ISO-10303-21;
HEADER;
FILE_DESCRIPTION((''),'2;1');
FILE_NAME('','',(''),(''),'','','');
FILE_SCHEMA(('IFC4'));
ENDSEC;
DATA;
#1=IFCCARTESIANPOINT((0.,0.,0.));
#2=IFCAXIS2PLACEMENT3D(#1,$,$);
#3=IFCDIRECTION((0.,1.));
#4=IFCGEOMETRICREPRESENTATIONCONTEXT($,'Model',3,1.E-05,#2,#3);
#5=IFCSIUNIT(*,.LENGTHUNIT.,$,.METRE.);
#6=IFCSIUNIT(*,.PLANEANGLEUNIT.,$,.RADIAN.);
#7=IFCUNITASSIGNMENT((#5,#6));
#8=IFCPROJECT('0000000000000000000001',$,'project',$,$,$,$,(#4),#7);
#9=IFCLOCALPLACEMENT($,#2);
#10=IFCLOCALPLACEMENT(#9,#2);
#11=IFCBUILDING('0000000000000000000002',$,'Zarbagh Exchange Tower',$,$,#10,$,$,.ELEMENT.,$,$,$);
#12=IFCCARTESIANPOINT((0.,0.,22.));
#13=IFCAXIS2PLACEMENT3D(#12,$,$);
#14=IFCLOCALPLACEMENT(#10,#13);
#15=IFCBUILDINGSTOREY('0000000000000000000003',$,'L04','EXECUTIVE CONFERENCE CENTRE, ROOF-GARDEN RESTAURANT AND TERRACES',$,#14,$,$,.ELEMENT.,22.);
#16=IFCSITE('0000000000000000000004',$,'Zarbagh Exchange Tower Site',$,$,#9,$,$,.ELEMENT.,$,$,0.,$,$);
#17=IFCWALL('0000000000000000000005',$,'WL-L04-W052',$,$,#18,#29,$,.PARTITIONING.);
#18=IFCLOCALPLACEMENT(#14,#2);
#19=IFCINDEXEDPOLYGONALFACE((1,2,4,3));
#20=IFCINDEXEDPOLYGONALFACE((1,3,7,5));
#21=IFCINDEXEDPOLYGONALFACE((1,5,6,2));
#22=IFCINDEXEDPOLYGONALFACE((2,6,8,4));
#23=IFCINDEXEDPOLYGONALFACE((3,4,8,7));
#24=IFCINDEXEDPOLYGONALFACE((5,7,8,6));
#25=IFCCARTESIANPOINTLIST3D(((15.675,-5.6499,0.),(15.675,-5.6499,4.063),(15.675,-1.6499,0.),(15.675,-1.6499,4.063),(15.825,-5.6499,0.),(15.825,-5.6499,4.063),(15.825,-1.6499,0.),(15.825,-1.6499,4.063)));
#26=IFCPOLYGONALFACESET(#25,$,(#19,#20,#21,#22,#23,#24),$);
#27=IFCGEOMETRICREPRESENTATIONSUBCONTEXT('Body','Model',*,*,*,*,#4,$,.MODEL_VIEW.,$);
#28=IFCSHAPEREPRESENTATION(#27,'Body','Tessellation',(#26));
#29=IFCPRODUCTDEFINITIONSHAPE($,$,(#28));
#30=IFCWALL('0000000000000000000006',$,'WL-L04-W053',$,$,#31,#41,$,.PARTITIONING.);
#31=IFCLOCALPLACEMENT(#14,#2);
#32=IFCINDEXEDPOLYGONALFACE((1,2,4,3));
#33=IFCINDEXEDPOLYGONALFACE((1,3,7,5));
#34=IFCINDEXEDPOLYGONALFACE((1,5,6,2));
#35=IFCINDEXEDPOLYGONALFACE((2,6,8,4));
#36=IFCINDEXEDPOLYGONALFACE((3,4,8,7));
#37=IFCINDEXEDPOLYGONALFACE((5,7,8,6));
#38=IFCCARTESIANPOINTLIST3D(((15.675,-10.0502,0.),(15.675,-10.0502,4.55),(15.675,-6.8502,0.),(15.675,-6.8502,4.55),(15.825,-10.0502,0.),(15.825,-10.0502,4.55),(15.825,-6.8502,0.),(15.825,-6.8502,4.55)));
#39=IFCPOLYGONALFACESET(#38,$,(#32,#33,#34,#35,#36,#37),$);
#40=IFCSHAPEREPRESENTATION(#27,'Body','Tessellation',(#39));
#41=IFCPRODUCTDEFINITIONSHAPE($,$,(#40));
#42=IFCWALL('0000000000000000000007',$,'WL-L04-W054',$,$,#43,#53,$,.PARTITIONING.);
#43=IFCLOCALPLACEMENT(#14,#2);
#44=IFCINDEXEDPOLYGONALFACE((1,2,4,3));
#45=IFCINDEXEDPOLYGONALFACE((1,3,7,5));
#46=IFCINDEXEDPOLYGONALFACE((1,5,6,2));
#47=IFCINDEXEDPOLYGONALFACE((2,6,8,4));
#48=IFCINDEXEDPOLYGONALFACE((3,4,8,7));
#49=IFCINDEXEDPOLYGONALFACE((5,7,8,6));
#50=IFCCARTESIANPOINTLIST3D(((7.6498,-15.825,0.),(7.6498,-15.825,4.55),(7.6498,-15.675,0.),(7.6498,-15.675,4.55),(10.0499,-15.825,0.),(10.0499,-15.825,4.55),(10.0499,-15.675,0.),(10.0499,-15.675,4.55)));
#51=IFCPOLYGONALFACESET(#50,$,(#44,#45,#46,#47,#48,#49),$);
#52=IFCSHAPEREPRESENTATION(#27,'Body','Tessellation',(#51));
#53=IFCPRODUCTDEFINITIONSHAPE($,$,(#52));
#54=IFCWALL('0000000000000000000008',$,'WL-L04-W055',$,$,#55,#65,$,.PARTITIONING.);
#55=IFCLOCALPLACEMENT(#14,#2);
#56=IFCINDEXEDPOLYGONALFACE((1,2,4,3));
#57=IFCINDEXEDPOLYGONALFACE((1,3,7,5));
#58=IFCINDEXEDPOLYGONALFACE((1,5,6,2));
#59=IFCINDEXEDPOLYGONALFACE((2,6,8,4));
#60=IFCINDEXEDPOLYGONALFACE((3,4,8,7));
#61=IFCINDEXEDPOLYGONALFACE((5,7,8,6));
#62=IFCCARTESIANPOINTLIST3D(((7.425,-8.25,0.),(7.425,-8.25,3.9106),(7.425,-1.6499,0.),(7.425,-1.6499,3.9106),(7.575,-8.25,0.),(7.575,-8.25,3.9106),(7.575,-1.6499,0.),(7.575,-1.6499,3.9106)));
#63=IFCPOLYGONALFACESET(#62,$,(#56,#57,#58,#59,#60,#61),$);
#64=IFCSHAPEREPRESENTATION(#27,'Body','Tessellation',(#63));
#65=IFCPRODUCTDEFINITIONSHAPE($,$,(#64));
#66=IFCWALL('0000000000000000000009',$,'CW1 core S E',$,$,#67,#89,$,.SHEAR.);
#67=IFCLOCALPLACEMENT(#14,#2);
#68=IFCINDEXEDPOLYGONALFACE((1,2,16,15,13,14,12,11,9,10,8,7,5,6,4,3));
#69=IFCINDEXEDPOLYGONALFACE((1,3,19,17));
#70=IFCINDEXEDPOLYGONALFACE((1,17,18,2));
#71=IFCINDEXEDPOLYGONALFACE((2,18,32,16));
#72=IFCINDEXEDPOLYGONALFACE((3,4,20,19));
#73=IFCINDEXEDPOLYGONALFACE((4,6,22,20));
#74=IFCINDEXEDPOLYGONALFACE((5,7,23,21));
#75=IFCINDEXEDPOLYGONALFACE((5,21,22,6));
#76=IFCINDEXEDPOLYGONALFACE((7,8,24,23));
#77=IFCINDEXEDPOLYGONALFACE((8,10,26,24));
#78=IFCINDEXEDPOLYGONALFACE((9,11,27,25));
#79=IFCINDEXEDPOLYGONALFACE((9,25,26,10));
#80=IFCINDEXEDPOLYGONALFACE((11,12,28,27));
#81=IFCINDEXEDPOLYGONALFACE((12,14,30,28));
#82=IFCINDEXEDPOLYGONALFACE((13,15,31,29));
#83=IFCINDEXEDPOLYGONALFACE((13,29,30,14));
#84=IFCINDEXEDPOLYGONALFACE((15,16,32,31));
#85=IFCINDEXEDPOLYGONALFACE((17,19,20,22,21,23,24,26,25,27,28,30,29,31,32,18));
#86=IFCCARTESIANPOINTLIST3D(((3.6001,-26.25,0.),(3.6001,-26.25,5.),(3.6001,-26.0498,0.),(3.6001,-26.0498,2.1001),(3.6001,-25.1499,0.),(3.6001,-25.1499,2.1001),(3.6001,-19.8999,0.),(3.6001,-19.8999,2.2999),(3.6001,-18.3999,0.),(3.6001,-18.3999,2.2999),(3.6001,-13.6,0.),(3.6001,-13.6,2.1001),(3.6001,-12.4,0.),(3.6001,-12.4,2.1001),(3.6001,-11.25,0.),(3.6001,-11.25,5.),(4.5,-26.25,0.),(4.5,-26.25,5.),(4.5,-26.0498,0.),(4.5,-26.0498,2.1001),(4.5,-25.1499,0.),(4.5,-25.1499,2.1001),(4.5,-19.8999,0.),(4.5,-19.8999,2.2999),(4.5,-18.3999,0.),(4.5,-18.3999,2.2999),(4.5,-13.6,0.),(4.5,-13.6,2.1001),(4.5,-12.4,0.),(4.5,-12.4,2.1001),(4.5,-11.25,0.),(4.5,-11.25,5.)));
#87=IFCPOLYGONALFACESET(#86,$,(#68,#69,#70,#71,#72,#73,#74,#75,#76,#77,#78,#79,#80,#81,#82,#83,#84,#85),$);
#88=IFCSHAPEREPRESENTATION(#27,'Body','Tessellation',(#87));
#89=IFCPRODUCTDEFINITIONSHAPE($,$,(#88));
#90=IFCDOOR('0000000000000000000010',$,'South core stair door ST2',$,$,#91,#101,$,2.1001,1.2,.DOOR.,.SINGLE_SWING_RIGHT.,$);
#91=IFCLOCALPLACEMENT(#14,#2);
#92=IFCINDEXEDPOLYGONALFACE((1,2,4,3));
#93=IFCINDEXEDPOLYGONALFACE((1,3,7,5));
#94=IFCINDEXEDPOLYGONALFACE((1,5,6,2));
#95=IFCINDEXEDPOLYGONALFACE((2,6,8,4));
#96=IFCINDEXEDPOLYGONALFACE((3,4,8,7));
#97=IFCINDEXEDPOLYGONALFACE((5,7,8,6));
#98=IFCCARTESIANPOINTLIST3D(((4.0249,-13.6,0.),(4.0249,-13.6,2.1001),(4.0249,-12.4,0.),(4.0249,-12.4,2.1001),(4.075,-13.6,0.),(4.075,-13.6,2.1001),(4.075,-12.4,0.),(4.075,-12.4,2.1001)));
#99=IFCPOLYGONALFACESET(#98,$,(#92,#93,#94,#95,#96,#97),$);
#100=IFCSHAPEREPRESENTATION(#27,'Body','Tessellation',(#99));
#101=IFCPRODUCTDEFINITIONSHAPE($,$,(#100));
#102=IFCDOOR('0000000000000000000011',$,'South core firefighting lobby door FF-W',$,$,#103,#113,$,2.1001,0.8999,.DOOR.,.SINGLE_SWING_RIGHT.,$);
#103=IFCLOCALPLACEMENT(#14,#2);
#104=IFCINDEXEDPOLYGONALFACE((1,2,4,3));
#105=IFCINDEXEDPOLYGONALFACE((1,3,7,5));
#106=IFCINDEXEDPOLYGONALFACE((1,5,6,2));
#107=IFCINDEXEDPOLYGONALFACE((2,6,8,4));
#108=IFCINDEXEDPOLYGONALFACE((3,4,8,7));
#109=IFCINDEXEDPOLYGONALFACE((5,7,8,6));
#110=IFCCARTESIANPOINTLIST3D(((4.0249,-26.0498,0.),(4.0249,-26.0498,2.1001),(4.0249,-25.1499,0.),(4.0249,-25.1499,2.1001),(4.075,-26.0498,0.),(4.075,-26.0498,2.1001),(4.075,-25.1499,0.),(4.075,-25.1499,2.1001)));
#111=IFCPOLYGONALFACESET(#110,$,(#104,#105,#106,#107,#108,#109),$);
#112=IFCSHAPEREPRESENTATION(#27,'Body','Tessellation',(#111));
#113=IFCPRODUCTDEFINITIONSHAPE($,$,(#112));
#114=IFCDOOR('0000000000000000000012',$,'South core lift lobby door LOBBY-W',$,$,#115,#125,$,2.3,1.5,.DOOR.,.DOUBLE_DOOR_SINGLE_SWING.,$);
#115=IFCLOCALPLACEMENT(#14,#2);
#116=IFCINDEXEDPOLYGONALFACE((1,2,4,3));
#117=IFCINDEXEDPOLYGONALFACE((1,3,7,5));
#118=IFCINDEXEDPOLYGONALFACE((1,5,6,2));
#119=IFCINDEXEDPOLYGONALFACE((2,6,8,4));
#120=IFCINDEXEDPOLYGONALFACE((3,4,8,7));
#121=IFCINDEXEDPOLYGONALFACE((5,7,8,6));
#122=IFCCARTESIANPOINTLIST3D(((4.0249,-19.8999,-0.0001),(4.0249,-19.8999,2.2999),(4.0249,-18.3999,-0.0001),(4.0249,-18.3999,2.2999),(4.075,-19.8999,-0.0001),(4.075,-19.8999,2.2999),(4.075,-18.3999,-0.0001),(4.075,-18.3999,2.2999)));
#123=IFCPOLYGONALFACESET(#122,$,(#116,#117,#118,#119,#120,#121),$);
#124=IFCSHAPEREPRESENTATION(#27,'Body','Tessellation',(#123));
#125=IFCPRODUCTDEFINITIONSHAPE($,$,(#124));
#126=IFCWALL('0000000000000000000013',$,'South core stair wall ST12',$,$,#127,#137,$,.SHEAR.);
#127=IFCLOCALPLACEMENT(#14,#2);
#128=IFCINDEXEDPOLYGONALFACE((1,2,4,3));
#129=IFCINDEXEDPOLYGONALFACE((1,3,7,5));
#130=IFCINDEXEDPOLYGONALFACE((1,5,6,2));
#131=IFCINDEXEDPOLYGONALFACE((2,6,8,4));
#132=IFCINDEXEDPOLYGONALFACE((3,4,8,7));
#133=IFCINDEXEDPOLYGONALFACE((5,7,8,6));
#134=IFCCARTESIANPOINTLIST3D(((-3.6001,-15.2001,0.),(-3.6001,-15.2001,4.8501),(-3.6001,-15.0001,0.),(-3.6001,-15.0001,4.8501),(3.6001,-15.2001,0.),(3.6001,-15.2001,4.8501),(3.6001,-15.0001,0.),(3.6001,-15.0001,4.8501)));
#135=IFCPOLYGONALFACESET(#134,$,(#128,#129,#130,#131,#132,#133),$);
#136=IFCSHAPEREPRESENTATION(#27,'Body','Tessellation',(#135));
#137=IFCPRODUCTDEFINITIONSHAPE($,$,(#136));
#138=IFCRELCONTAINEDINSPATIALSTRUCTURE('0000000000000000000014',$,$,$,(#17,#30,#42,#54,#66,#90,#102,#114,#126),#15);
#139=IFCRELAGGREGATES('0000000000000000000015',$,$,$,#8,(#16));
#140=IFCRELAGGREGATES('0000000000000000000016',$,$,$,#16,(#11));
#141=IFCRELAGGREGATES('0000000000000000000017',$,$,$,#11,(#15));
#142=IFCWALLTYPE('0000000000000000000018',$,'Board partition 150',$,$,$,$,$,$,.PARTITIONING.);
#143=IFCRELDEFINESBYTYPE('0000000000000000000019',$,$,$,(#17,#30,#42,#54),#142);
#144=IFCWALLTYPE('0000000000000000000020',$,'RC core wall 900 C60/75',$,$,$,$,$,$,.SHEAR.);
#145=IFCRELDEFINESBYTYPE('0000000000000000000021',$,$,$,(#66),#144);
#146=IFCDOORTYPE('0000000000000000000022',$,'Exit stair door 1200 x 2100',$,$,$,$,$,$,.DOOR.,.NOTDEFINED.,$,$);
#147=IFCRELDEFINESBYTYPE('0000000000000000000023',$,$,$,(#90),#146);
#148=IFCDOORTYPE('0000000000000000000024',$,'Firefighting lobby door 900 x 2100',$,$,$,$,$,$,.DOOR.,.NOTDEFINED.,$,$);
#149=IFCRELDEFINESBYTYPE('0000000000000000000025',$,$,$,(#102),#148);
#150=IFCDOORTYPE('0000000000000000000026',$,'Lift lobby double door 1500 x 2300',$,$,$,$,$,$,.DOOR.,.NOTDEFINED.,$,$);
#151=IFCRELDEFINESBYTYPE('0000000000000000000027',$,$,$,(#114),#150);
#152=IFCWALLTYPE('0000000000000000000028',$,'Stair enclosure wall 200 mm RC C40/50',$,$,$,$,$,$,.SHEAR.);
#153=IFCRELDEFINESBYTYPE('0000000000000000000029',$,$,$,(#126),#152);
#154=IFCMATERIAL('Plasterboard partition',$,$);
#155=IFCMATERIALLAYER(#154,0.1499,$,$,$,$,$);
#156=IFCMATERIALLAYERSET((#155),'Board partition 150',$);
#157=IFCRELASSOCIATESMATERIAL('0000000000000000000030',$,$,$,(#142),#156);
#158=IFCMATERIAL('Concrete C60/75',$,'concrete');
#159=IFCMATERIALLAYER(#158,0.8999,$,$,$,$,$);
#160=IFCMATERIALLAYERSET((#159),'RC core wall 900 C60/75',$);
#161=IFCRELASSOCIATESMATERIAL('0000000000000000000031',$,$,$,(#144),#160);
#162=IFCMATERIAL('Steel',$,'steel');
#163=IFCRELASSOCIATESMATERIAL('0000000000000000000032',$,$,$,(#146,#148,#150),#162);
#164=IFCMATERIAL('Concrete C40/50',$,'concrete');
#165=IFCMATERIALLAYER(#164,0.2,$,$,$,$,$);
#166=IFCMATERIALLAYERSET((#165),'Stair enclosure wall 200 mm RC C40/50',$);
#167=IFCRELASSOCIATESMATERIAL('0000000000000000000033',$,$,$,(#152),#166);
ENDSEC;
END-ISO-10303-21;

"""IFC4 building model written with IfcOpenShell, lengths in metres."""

from ifc_helpers import new_model, si_unit, direction, frame, frame_2d, origin, place, context, subcontext, project, spatial, rectangle, extrude, material, layer, layer_set, type_object, element, fill, save


model = new_model("IFC4")

# Units and contexts
model_context = context("Model", 3, precision=1e-05, world=origin(), true_north=direction((0.0, 1.0)))
body_context = subcontext(model_context, "Body", "Model", "MODEL_VIEW")
ifc_project = project(units=[si_unit("LENGTHUNIT", "METRE"), si_unit("PLANEANGLEUNIT", "RADIAN")], contexts=[model_context])

# Site, building, storey
site_placement = place(None, origin())
site = spatial("IfcSite", under=ifc_project, at=site_placement, Name="Zarbagh Exchange Tower Site", CompositionType="ELEMENT", RefElevation=0.0)
building_placement = place(site_placement, origin())
building = spatial("IfcBuilding", under=site, at=building_placement, Name="Zarbagh Exchange Tower", CompositionType="ELEMENT")
storey_placement = place(building_placement, frame((0.0, 0.0, 22.0)))
storey = spatial("IfcBuildingStorey", under=building, at=storey_placement, Name="L04", Description="EXECUTIVE CONFERENCE CENTRE, ROOF-GARDEN RESTAURANT AND TERRACES", CompositionType="ELEMENT", Elevation=22.0)

# Shared definitions
ifc_material_1 = material(Name="Concrete C60/75", Category="concrete")

# Shared definitions
ifc_material_2 = material(Name="Plasterboard partition")
ifc_layer_1 = layer(ifc_material_2, 0.1499)
ifc_layer_set_1 = layer_set([ifc_layer_1], Name="Board partition 150")
wall_type_1 = type_object("IfcWallType", Name="Board partition 150", PredefinedType="PARTITIONING", material=ifc_layer_set_1)

# Walls
wall_1_placement = place(storey_placement, frame((15.75, -1.6499, 0.0), z_axis=(0.0, 0.0, 1.0), x_axis=(0.0, -1.0, 0.0)))
element("IfcWall", 1, at=wall_1_placement, inside=storey, type_object=wall_type_1, Name="WL-L04-W052", PredefinedType="PARTITIONING", context=body_context, shape_type="SweptSolid", body=[
    extrude(rectangle(XDim=4.0, YDim=0.1499, at=frame_2d((2.0, 0.0))), origin(), (0.0, 0.0, 1.0), 4.063),
])
wall_2_placement = place(storey_placement, frame((15.75, -6.8501, 0.0), z_axis=(0.0, 0.0, 1.0), x_axis=(0.0, -1.0, 0.0)))
element("IfcWall", 2, at=wall_2_placement, inside=storey, type_object=wall_type_1, Name="WL-L04-W053", PredefinedType="PARTITIONING", context=body_context, shape_type="SweptSolid", body=[
    extrude(rectangle(XDim=3.2, YDim=0.1499, at=frame_2d((1.6001, 0.0))), origin(), (0.0, 0.0, 1.0), 4.55),
])
wall_3_placement = place(storey_placement, frame((10.05, -15.75, 0.0), z_axis=(0.0, 0.0, 1.0), x_axis=(-1.0, 0.0, 0.0)))
element("IfcWall", 3, at=wall_3_placement, inside=storey, type_object=wall_type_1, Name="WL-L04-W054", PredefinedType="PARTITIONING", context=body_context, shape_type="SweptSolid", body=[
    extrude(rectangle(XDim=2.4001, YDim=0.1499, at=frame_2d((1.2002, 0.0))), origin(), (0.0, 0.0, 1.0), 4.55),
])
wall_4_placement = place(storey_placement, frame((7.5, -8.25, 0.0), z_axis=(0.0, 0.0, 1.0), x_axis=(0.0, 1.0, 0.0)))
element("IfcWall", 4, at=wall_4_placement, inside=storey, type_object=wall_type_1, Name="WL-L04-W055", PredefinedType="PARTITIONING", context=body_context, shape_type="SweptSolid", body=[
    extrude(rectangle(XDim=6.6001, YDim=0.1499, at=frame_2d((3.3, 0.0))), origin(), (0.0, 0.0, 1.0), 3.9106),
])

# Wall, openings, doors
ifc_layer_2 = layer(ifc_material_1, 0.8999)
ifc_layer_set_2 = layer_set([ifc_layer_2], Name="RC core wall 900 C60/75")
wall_type_2 = type_object("IfcWallType", Name="RC core wall 900 C60/75", PredefinedType="SHEAR", material=ifc_layer_set_2)
wall_5_placement = place(storey_placement, frame((4.05, -11.25, 0.0), z_axis=(0.0, 0.0, 1.0), x_axis=(0.0, -1.0, 0.0)))
wall_5 = element("IfcWall", 5, at=wall_5_placement, inside=storey, type_object=wall_type_2, Name="CW1 core S E", PredefinedType="SHEAR", context=body_context, shape_type="SweptSolid", body=[
    extrude(rectangle(XDim=15.0, YDim=0.8999, at=frame_2d((7.5, 0.0))), origin(), (0.0, 0.0, 1.0), 5.0),
])
opening_1_placement = place(wall_5_placement, frame((7.1499, 0.0, 0.0)))
opening_1 = element("IfcOpeningElement", 6, at=opening_1_placement, cuts=wall_5, PredefinedType="OPENING", context=body_context, shape_type="SweptSolid", body=[
    extrude(rectangle(XDim=1.5, YDim=2.3, at=frame_2d((0.75, 1.1499))), frame((0.0, 0.46, 0.0), z_axis=(0.0, -1.0, 0.0), x_axis=(1.0, 0.0, 0.0)), (0.0, 0.0, 1.0), 0.9199),
])
opening_2_placement = place(wall_5_placement, frame((13.8999, 0.0, 0.0)))
opening_2 = element("IfcOpeningElement", 7, at=opening_2_placement, cuts=wall_5, PredefinedType="OPENING", context=body_context, shape_type="SweptSolid", body=[
    extrude(rectangle(XDim=0.8999, YDim=2.1001, at=frame_2d((0.45, 1.05))), frame((0.0, 0.46, 0.0), z_axis=(0.0, -1.0, 0.0), x_axis=(1.0, 0.0, 0.0)), (0.0, 0.0, 1.0), 0.9199),
])
opening_3_placement = place(wall_5_placement, frame((1.1499, 0.0, 0.0)))
opening_3 = element("IfcOpeningElement", 8, at=opening_3_placement, cuts=wall_5, PredefinedType="OPENING", context=body_context, shape_type="SweptSolid", body=[
    extrude(rectangle(XDim=1.2, YDim=2.1001, at=frame_2d((0.6001, 1.05))), frame((0.0, 0.46, 0.0), z_axis=(0.0, -1.0, 0.0), x_axis=(1.0, 0.0, 0.0)), (0.0, 0.0, 1.0), 0.9199),
])
ifc_material_3 = material(Name="Steel", Category="steel")
door_type_1 = type_object("IfcDoorType", Name="Exit stair door 1200 x 2100", OperationType="NOTDEFINED", PredefinedType="DOOR", material=ifc_material_3)
door_1_placement = place(opening_3_placement, origin())
door_1 = element("IfcDoor", 9, at=door_1_placement, inside=storey, type_object=door_type_1, Name="South core stair door ST2", OperationType="SINGLE_SWING_RIGHT", OverallHeight=2.1001, OverallWidth=1.2, PredefinedType="DOOR", context=body_context, shape_type="SweptSolid", body=[
    extrude(rectangle(XDim=1.2, YDim=2.1001, at=frame_2d((0.6001, 1.05))), frame((0.0, 0.0249, 0.0), z_axis=(0.0, -1.0, 0.0), x_axis=(1.0, 0.0, 0.0)), (0.0, 0.0, 1.0), 0.05),
])
fill(opening_3, door_1)
door_type_2 = type_object("IfcDoorType", Name="Firefighting lobby door 900 x 2100", OperationType="NOTDEFINED", PredefinedType="DOOR", material=ifc_material_3)
door_2_placement = place(opening_2_placement, origin())
door_2 = element("IfcDoor", 10, at=door_2_placement, inside=storey, type_object=door_type_2, Name="South core firefighting lobby door FF-W", OperationType="SINGLE_SWING_RIGHT", OverallHeight=2.1001, OverallWidth=0.8999, PredefinedType="DOOR", context=body_context, shape_type="SweptSolid", body=[
    extrude(rectangle(XDim=0.8999, YDim=2.1001, at=frame_2d((0.45, 1.05))), frame((0.0, 0.0249, 0.0), z_axis=(0.0, -1.0, 0.0), x_axis=(1.0, 0.0, 0.0)), (0.0, 0.0, 1.0), 0.05),
])
fill(opening_2, door_2)
door_type_3 = type_object("IfcDoorType", Name="Lift lobby double door 1500 x 2300", OperationType="NOTDEFINED", PredefinedType="DOOR", material=ifc_material_3)
door_3_placement = place(opening_1_placement, origin())
door_3 = element("IfcDoor", 11, at=door_3_placement, inside=storey, type_object=door_type_3, Name="South core lift lobby door LOBBY-W", OperationType="DOUBLE_DOOR_SINGLE_SWING", OverallHeight=2.3, OverallWidth=1.5, PredefinedType="DOOR", context=body_context, shape_type="SweptSolid", body=[
    extrude(rectangle(XDim=1.5, YDim=2.3, at=frame_2d((0.75, 1.1499))), frame((0.0, 0.0249, 0.0), z_axis=(0.0, -1.0, 0.0), x_axis=(1.0, 0.0, 0.0)), (0.0, 0.0, 1.0), 0.05),
])
fill(opening_1, door_3)

# Wall
ifc_material_4 = material(Name="Concrete C40/50", Category="concrete")
ifc_layer_3 = layer(ifc_material_4, 0.2)
ifc_layer_set_3 = layer_set([ifc_layer_3], Name="Stair enclosure wall 200 mm RC C40/50")
wall_type_3 = type_object("IfcWallType", Name="Stair enclosure wall 200 mm RC C40/50", PredefinedType="SHEAR", material=ifc_layer_set_3)
wall_6_placement = place(storey_placement, frame((3.6001, -15.1001, 0.0), z_axis=(0.0, 0.0, 1.0), x_axis=(-1.0, 0.0, 0.0)))
element("IfcWall", 12, at=wall_6_placement, inside=storey, type_object=wall_type_3, Name="South core stair wall ST12", PredefinedType="SHEAR", context=body_context, shape_type="SweptSolid", body=[
    extrude(rectangle(XDim=7.2002, YDim=0.2, at=frame_2d((3.6001, 0.0))), origin(), (0.0, 0.0, 1.0), 4.8501),
])

save(model, "model.ifc")
